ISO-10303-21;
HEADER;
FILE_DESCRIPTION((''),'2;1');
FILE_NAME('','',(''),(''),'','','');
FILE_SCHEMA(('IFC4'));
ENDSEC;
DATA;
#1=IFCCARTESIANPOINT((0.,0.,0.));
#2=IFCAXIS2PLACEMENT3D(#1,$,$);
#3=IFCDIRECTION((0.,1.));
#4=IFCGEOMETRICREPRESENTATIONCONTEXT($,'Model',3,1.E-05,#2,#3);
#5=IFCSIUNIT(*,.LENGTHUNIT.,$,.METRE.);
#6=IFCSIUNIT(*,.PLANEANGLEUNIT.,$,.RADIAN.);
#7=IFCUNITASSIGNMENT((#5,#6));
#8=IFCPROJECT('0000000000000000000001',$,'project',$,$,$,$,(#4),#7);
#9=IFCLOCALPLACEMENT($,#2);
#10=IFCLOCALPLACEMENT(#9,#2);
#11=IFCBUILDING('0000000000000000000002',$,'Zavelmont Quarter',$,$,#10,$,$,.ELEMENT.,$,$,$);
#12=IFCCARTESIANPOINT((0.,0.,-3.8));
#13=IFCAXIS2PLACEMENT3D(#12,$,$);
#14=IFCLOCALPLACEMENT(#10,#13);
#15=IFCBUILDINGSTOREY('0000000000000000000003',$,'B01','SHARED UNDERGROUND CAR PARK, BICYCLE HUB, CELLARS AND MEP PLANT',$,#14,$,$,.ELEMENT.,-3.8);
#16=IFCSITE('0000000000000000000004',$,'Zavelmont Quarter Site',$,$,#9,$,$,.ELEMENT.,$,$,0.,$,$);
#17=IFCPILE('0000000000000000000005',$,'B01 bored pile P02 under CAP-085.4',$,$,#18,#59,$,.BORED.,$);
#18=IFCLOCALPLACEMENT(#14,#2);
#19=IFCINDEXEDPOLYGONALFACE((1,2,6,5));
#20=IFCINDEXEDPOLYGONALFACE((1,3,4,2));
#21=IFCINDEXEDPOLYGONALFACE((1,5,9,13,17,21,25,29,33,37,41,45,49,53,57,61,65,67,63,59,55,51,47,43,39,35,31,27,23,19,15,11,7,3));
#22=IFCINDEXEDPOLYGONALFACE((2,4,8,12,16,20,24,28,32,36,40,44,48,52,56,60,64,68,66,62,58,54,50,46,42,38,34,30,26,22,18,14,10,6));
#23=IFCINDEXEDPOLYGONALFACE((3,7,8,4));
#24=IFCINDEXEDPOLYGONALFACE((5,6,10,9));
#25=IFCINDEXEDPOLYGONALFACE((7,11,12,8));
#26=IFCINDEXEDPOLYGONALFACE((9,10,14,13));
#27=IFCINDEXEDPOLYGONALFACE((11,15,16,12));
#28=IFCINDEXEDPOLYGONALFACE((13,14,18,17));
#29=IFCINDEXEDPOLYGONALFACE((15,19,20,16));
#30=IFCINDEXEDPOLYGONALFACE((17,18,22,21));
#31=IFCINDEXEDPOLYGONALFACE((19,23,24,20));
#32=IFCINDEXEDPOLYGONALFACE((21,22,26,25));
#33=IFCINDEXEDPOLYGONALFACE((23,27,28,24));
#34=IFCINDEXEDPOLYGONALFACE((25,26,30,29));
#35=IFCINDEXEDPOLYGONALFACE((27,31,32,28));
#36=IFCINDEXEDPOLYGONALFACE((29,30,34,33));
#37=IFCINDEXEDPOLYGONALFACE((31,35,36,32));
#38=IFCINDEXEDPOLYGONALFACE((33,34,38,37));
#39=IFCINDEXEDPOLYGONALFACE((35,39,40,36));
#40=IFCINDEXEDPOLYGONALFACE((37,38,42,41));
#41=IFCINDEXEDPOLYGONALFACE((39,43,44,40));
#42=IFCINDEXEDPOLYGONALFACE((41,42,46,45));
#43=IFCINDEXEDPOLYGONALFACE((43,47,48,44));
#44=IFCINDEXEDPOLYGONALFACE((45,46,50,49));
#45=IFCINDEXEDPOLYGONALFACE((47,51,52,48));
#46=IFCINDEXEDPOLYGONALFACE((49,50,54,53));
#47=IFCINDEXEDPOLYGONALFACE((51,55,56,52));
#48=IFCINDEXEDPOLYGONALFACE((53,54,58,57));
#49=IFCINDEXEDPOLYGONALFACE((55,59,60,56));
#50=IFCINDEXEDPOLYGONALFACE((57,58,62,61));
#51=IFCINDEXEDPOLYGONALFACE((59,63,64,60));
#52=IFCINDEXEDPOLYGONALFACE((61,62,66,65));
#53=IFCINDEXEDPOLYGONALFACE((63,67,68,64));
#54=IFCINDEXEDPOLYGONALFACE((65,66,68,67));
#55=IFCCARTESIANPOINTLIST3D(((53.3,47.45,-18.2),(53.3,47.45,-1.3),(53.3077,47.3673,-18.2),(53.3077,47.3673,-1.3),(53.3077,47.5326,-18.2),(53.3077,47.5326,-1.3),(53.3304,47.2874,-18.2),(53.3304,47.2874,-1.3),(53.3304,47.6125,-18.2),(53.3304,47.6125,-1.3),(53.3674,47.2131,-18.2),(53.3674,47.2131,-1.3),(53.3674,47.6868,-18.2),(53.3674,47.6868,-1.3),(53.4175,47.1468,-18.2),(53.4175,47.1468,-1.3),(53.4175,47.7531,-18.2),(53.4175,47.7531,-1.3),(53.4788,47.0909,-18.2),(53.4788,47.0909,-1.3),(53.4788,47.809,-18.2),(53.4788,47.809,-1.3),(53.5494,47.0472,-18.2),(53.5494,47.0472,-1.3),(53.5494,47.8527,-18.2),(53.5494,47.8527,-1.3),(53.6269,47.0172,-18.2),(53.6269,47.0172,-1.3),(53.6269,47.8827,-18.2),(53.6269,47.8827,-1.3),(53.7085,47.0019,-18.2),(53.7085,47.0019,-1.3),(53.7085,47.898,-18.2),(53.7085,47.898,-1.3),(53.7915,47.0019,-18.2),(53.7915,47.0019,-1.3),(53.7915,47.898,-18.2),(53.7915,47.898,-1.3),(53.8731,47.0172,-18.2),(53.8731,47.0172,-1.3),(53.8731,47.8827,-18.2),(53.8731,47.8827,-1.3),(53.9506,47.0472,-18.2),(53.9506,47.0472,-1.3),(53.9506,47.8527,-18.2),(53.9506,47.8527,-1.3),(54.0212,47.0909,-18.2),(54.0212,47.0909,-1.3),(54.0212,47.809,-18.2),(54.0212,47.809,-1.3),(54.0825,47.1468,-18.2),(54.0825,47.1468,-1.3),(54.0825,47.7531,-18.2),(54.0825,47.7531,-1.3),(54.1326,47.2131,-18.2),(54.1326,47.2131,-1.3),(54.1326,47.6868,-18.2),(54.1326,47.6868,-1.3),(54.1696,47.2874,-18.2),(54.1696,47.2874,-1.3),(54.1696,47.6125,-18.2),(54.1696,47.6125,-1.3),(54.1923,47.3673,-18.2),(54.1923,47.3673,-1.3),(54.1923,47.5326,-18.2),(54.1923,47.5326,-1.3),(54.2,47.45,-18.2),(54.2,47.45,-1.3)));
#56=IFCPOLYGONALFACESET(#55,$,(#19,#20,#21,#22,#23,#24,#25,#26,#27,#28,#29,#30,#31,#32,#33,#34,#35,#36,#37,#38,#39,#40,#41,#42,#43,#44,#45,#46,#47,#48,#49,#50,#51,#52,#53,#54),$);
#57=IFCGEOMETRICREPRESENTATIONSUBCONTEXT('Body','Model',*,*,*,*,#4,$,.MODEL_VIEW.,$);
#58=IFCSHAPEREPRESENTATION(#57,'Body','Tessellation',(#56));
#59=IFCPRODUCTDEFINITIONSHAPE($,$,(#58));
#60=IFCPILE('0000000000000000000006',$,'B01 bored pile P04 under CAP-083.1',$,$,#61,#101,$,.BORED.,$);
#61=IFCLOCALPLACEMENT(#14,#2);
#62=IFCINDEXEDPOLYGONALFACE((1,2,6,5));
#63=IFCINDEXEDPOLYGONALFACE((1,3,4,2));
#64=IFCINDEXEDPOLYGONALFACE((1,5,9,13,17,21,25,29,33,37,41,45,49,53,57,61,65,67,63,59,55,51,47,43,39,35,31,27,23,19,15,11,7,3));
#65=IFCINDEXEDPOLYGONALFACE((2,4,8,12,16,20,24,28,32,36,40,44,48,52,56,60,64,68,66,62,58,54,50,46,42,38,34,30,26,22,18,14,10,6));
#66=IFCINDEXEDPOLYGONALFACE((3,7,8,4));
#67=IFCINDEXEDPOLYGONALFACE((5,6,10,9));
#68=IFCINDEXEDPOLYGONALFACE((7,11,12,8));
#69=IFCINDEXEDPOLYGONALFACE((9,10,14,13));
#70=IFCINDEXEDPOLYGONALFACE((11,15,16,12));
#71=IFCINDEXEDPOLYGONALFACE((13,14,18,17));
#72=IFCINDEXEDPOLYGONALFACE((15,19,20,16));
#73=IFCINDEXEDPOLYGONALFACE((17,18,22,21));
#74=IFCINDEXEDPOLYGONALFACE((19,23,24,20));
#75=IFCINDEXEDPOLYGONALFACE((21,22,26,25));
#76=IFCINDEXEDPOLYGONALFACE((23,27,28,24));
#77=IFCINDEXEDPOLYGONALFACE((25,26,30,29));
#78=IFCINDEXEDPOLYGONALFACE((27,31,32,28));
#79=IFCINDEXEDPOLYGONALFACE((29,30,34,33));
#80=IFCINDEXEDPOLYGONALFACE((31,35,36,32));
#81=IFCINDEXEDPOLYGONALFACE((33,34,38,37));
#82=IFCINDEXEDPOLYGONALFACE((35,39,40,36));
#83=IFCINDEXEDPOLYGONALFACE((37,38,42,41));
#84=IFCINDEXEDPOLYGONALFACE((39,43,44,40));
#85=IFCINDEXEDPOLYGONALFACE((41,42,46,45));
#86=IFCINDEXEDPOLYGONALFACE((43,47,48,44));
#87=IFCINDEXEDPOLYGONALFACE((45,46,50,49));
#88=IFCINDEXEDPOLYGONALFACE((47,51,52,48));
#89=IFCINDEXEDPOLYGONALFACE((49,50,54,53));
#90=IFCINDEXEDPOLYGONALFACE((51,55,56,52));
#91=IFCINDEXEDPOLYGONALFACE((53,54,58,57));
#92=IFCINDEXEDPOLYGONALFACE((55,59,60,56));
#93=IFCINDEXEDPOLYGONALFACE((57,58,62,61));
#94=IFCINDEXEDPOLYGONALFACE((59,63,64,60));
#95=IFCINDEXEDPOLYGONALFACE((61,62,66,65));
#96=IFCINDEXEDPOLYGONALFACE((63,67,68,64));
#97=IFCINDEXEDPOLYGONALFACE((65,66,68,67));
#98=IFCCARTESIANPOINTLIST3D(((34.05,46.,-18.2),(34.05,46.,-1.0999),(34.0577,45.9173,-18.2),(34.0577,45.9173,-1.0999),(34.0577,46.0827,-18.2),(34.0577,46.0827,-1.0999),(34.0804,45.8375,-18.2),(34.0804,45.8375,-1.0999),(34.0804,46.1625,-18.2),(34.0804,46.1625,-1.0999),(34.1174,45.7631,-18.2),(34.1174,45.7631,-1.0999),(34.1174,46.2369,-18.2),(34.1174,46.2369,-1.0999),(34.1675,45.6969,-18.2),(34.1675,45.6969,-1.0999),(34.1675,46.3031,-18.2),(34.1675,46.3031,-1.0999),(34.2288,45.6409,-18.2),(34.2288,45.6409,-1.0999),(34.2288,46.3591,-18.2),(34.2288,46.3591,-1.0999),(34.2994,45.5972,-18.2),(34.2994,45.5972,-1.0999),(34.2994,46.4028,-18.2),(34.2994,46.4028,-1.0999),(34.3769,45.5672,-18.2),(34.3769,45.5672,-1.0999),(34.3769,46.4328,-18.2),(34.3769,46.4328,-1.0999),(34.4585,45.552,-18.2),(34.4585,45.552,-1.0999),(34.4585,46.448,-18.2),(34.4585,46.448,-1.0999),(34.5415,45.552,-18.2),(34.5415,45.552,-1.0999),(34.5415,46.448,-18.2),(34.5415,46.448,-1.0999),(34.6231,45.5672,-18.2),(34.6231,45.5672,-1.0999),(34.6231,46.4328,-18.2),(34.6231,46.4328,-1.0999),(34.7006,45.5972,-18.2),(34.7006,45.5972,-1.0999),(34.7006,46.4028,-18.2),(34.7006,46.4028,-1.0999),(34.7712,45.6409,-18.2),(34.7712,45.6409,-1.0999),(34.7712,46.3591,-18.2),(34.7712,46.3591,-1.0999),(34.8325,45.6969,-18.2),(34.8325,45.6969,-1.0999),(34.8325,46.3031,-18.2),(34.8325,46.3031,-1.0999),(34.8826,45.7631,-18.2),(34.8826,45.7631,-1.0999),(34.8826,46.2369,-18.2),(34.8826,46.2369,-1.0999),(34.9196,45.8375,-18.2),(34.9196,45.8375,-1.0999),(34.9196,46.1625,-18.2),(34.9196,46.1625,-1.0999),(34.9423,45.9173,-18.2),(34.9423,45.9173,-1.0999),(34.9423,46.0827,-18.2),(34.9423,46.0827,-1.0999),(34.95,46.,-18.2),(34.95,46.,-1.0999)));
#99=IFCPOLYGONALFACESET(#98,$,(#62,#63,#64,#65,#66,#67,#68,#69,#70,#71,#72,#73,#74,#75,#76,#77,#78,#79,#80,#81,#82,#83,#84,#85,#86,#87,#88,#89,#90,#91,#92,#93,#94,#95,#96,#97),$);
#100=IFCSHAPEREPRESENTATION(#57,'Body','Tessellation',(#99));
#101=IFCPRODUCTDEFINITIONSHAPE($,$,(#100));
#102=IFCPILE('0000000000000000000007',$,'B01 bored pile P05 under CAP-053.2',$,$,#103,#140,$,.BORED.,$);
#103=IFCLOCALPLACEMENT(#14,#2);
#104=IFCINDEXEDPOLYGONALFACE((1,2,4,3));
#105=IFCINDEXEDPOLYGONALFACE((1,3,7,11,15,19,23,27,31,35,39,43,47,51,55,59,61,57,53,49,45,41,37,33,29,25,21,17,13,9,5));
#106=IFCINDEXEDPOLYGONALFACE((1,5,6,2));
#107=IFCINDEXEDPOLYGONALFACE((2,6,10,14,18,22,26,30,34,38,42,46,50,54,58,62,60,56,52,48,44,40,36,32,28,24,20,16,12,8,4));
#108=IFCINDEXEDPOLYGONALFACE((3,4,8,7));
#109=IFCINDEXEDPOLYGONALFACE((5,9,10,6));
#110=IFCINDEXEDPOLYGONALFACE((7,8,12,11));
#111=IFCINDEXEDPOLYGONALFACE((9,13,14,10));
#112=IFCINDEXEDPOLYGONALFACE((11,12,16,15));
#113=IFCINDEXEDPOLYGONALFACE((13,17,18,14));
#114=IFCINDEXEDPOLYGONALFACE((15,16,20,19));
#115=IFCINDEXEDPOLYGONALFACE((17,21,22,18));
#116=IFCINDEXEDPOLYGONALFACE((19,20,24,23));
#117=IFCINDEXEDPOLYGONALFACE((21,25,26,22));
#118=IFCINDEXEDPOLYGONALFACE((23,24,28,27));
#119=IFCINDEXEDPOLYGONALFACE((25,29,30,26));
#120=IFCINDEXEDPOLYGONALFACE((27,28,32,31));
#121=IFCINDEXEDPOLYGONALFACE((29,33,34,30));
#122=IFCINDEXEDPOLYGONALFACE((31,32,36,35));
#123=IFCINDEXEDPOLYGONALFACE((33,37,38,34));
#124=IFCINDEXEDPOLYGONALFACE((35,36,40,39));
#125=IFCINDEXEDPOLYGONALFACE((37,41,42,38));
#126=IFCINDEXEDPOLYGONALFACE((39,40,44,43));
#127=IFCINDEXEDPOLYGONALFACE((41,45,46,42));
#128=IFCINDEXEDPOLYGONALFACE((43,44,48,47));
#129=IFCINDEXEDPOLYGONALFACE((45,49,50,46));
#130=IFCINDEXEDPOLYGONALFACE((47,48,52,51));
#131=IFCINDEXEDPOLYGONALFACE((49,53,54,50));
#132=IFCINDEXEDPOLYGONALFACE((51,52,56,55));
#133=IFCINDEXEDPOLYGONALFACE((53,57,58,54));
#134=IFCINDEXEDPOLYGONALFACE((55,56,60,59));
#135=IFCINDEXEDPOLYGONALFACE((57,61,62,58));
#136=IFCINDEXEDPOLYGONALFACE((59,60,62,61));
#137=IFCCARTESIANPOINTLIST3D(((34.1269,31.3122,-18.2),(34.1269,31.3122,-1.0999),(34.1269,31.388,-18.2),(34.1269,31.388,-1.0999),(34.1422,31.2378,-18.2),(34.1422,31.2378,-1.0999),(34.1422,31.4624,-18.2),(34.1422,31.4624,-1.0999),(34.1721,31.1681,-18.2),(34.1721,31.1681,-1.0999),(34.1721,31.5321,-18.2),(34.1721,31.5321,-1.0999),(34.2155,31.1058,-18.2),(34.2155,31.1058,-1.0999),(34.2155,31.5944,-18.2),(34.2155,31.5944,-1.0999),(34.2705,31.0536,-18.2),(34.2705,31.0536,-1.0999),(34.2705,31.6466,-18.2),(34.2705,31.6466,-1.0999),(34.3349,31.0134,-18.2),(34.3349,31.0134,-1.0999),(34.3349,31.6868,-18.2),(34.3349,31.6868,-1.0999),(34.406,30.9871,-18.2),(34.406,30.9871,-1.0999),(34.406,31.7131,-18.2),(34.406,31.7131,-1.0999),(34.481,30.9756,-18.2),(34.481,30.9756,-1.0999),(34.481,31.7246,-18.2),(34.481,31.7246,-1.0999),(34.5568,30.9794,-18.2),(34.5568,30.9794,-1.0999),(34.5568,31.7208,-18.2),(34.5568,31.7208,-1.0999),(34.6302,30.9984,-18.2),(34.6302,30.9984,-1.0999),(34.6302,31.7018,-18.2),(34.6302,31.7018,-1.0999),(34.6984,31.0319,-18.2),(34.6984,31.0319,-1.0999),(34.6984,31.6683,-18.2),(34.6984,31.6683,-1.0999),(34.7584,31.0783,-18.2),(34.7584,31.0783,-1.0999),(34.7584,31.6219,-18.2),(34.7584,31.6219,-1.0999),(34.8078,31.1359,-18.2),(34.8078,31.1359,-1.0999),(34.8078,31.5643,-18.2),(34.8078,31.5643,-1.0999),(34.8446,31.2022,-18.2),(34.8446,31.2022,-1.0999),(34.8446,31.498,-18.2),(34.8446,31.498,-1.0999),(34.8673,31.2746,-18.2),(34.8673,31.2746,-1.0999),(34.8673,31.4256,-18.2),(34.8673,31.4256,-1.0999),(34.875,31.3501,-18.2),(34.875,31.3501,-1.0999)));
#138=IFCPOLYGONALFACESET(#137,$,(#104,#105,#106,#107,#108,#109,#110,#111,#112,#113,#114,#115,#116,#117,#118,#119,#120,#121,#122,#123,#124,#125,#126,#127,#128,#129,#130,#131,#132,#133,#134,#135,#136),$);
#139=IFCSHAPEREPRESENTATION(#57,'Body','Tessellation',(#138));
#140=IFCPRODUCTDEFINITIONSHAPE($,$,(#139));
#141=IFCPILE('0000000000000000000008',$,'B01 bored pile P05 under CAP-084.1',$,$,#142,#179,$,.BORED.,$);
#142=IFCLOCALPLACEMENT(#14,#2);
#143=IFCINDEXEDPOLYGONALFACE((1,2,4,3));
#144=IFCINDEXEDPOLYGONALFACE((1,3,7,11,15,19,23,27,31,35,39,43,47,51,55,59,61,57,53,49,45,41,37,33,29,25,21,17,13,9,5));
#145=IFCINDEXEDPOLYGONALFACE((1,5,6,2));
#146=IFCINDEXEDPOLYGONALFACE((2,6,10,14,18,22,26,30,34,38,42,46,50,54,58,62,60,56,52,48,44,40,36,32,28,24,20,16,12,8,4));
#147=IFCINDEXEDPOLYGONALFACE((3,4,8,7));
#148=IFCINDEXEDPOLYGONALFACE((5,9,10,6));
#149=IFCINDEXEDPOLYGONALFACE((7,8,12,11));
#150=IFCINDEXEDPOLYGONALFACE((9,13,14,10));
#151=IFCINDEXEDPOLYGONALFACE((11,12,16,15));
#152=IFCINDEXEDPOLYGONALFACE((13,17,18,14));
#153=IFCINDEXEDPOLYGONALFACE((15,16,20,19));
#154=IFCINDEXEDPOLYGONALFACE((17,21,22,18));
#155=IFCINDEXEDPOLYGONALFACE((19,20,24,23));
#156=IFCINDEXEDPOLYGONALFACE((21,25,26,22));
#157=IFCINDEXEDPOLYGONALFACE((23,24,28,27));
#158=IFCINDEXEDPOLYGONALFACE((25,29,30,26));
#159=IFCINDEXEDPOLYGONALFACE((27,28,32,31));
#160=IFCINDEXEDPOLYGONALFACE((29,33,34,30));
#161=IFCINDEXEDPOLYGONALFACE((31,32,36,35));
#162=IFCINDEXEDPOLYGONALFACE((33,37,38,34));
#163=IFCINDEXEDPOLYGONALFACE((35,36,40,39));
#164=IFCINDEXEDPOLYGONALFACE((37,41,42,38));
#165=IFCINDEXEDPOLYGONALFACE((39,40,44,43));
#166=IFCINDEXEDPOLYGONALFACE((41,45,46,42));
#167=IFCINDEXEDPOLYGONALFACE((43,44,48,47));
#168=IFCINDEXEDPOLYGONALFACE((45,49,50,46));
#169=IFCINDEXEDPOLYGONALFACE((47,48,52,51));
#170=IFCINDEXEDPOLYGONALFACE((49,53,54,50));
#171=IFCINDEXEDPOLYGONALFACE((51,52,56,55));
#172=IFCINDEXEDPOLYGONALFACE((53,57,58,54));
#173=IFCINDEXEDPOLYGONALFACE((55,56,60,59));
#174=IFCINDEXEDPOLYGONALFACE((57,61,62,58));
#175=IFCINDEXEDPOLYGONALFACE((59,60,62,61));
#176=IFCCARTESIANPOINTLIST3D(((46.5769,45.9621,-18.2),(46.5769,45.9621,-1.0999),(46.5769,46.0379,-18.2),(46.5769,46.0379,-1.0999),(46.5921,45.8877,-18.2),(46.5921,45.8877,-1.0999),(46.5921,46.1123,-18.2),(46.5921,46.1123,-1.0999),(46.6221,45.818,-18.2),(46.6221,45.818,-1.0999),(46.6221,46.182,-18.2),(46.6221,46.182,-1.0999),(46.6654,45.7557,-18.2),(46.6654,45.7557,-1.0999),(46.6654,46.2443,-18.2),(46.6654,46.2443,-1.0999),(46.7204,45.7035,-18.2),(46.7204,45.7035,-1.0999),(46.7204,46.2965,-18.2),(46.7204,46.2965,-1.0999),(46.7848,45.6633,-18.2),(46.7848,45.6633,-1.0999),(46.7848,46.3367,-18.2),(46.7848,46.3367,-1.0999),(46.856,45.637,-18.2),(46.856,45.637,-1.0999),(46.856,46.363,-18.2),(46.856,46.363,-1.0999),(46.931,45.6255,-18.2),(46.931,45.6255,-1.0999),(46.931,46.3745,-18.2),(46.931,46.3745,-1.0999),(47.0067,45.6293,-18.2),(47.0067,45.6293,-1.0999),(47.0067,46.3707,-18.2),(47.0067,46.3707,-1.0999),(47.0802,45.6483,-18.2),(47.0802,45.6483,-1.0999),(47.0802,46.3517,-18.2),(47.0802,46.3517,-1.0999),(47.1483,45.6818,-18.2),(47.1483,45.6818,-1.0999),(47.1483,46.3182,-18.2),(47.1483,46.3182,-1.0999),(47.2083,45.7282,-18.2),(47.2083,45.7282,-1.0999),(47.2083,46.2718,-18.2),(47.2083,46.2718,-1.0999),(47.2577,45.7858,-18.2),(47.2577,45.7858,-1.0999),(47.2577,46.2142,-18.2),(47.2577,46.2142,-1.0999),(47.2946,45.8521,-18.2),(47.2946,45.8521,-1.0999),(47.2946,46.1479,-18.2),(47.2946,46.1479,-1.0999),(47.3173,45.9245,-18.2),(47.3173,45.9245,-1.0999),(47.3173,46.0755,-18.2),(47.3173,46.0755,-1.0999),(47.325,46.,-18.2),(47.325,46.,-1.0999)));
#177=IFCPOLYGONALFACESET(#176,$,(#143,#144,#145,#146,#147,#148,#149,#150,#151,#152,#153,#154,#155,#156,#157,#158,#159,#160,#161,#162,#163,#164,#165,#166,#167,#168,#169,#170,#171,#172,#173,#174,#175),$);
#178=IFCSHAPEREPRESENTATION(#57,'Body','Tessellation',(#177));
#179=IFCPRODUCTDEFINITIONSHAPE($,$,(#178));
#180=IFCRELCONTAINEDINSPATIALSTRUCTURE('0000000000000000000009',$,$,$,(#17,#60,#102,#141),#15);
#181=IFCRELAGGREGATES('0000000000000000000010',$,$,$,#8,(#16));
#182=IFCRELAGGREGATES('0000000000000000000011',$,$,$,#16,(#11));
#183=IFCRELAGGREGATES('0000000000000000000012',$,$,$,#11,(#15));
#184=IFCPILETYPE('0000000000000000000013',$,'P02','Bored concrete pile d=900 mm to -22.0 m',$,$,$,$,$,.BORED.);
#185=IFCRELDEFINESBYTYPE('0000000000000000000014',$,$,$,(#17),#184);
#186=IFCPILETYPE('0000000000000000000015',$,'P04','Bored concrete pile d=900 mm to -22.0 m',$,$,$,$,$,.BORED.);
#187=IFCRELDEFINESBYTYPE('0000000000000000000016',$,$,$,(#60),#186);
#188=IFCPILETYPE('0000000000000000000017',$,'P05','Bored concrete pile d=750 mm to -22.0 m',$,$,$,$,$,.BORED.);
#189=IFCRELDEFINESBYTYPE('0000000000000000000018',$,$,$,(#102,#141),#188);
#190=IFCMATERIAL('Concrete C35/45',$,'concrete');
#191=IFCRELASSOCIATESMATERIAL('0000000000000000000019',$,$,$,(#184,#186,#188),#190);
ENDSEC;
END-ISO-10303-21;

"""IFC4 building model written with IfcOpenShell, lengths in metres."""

from ifc_helpers import new_model, si_unit, direction, frame, origin, origin_2d, place, context, subcontext, project, spatial, circle, extrude, material, material_profile, profile_set, type_object, element, save


model = new_model("IFC4")

# Units and contexts
model_context = context("Model", 3, precision=1e-05, world=origin(), true_north=direction((0.0, 1.0)))
body_context = subcontext(model_context, "Body", "Model", "MODEL_VIEW")
ifc_project = project(units=[si_unit("LENGTHUNIT", "METRE"), si_unit("PLANEANGLEUNIT", "RADIAN")], contexts=[model_context])

# Site, building, storey
site_placement = place(None, origin())
site = spatial("IfcSite", under=ifc_project, at=site_placement, Name="Zavelmont Quarter Site", CompositionType="ELEMENT", RefElevation=0.0)
building_placement = place(site_placement, origin())
building = spatial("IfcBuilding", under=site, at=building_placement, Name="Zavelmont Quarter", CompositionType="ELEMENT")
storey_placement = place(building_placement, frame((0.0, 0.0, -3.8)))
storey = spatial("IfcBuildingStorey", under=building, at=storey_placement, Name="B01", Description="SHARED UNDERGROUND CAR PARK, BICYCLE HUB, CELLARS AND MEP PLANT", CompositionType="ELEMENT", Elevation=-3.8)

# Shared definitions
ifc_material_1 = material(Name="Concrete C35/45", Category="concrete")

# Piles
ifc_material_profile_1 = material_profile(ifc_material_1, circle(Radius=0.45, at=origin_2d()), Name="BP900")
ifc_profile_set_1 = profile_set([ifc_material_profile_1], Name="Concrete C35/45")
pile_type_1 = type_object("IfcPileType", Name="P02", Description="Bored concrete pile d=900 mm to -22.0 m", PredefinedType="BORED", material=ifc_profile_set_1)
for number, where, z_axis, x_axis, name in (
    (1, (53.75, 47.45, -1.3), (0.0, 0.0, -1.0), (1.0, 0.0, 0.0), "B01 bored pile P02 under CAP-085.4"),
):
    element("IfcPile", number, at=place(storey_placement, frame(where, z_axis=z_axis, x_axis=x_axis)), inside=storey, type_object=pile_type_1, Name=name, PredefinedType="BORED", context=body_context, shape_type="SweptSolid", body=[
        extrude(circle(Radius=0.45, at=origin_2d()), origin(), (0.0, 0.0, 1.0), 16.8999),
    ])
ifc_material_profile_2 = material_profile(ifc_material_1, circle(Radius=0.45, at=origin_2d()), Name="BP900")
ifc_profile_set_2 = profile_set([ifc_material_profile_2], Name="Concrete C35/45")
pile_type_2 = type_object("IfcPileType", Name="P04", Description="Bored concrete pile d=900 mm to -22.0 m", PredefinedType="BORED", material=ifc_profile_set_2)
pile_placement = place(storey_placement, frame((34.5, 46.0, -1.0999), z_axis=(0.0, 0.0, -1.0), x_axis=(1.0, 0.0, 0.0)))
element("IfcPile", 2, at=pile_placement, inside=storey, type_object=pile_type_2, Name="B01 bored pile P04 under CAP-083.1", PredefinedType="BORED", context=body_context, shape_type="SweptSolid", body=[
    extrude(circle(Radius=0.45, at=origin_2d()), origin(), (0.0, 0.0, 1.0), 17.1001),
])
ifc_material_profile_3 = material_profile(ifc_material_1, circle(Radius=0.375, at=origin_2d()), Name="BP750")
ifc_profile_set_3 = profile_set([ifc_material_profile_3], Name="Concrete C35/45")
pile_type_3 = type_object("IfcPileType", Name="P05", Description="Bored concrete pile d=750 mm to -22.0 m", PredefinedType="BORED", material=ifc_profile_set_3)
for number, where, z_axis, x_axis, name in (
    (3, (34.5, 31.3501, -1.0999), (0.0, 0.0, -1.0), (1.0, 0.0, 0.0), "B01 bored pile P05 under CAP-053.2"),
    (4, (46.95, 46.0, -1.0999), (0.0, 0.0, -1.0), (1.0, 0.0, 0.0), "B01 bored pile P05 under CAP-084.1"),
):
    element("IfcPile", number, at=place(storey_placement, frame(where, z_axis=z_axis, x_axis=x_axis)), inside=storey, type_object=pile_type_3, Name=name, PredefinedType="BORED", context=body_context, shape_type="SweptSolid", body=[
        extrude(circle(Radius=0.375, at=origin_2d()), origin(), (0.0, 0.0, 1.0), 17.1001),
    ])

save(model, "model.ifc")
